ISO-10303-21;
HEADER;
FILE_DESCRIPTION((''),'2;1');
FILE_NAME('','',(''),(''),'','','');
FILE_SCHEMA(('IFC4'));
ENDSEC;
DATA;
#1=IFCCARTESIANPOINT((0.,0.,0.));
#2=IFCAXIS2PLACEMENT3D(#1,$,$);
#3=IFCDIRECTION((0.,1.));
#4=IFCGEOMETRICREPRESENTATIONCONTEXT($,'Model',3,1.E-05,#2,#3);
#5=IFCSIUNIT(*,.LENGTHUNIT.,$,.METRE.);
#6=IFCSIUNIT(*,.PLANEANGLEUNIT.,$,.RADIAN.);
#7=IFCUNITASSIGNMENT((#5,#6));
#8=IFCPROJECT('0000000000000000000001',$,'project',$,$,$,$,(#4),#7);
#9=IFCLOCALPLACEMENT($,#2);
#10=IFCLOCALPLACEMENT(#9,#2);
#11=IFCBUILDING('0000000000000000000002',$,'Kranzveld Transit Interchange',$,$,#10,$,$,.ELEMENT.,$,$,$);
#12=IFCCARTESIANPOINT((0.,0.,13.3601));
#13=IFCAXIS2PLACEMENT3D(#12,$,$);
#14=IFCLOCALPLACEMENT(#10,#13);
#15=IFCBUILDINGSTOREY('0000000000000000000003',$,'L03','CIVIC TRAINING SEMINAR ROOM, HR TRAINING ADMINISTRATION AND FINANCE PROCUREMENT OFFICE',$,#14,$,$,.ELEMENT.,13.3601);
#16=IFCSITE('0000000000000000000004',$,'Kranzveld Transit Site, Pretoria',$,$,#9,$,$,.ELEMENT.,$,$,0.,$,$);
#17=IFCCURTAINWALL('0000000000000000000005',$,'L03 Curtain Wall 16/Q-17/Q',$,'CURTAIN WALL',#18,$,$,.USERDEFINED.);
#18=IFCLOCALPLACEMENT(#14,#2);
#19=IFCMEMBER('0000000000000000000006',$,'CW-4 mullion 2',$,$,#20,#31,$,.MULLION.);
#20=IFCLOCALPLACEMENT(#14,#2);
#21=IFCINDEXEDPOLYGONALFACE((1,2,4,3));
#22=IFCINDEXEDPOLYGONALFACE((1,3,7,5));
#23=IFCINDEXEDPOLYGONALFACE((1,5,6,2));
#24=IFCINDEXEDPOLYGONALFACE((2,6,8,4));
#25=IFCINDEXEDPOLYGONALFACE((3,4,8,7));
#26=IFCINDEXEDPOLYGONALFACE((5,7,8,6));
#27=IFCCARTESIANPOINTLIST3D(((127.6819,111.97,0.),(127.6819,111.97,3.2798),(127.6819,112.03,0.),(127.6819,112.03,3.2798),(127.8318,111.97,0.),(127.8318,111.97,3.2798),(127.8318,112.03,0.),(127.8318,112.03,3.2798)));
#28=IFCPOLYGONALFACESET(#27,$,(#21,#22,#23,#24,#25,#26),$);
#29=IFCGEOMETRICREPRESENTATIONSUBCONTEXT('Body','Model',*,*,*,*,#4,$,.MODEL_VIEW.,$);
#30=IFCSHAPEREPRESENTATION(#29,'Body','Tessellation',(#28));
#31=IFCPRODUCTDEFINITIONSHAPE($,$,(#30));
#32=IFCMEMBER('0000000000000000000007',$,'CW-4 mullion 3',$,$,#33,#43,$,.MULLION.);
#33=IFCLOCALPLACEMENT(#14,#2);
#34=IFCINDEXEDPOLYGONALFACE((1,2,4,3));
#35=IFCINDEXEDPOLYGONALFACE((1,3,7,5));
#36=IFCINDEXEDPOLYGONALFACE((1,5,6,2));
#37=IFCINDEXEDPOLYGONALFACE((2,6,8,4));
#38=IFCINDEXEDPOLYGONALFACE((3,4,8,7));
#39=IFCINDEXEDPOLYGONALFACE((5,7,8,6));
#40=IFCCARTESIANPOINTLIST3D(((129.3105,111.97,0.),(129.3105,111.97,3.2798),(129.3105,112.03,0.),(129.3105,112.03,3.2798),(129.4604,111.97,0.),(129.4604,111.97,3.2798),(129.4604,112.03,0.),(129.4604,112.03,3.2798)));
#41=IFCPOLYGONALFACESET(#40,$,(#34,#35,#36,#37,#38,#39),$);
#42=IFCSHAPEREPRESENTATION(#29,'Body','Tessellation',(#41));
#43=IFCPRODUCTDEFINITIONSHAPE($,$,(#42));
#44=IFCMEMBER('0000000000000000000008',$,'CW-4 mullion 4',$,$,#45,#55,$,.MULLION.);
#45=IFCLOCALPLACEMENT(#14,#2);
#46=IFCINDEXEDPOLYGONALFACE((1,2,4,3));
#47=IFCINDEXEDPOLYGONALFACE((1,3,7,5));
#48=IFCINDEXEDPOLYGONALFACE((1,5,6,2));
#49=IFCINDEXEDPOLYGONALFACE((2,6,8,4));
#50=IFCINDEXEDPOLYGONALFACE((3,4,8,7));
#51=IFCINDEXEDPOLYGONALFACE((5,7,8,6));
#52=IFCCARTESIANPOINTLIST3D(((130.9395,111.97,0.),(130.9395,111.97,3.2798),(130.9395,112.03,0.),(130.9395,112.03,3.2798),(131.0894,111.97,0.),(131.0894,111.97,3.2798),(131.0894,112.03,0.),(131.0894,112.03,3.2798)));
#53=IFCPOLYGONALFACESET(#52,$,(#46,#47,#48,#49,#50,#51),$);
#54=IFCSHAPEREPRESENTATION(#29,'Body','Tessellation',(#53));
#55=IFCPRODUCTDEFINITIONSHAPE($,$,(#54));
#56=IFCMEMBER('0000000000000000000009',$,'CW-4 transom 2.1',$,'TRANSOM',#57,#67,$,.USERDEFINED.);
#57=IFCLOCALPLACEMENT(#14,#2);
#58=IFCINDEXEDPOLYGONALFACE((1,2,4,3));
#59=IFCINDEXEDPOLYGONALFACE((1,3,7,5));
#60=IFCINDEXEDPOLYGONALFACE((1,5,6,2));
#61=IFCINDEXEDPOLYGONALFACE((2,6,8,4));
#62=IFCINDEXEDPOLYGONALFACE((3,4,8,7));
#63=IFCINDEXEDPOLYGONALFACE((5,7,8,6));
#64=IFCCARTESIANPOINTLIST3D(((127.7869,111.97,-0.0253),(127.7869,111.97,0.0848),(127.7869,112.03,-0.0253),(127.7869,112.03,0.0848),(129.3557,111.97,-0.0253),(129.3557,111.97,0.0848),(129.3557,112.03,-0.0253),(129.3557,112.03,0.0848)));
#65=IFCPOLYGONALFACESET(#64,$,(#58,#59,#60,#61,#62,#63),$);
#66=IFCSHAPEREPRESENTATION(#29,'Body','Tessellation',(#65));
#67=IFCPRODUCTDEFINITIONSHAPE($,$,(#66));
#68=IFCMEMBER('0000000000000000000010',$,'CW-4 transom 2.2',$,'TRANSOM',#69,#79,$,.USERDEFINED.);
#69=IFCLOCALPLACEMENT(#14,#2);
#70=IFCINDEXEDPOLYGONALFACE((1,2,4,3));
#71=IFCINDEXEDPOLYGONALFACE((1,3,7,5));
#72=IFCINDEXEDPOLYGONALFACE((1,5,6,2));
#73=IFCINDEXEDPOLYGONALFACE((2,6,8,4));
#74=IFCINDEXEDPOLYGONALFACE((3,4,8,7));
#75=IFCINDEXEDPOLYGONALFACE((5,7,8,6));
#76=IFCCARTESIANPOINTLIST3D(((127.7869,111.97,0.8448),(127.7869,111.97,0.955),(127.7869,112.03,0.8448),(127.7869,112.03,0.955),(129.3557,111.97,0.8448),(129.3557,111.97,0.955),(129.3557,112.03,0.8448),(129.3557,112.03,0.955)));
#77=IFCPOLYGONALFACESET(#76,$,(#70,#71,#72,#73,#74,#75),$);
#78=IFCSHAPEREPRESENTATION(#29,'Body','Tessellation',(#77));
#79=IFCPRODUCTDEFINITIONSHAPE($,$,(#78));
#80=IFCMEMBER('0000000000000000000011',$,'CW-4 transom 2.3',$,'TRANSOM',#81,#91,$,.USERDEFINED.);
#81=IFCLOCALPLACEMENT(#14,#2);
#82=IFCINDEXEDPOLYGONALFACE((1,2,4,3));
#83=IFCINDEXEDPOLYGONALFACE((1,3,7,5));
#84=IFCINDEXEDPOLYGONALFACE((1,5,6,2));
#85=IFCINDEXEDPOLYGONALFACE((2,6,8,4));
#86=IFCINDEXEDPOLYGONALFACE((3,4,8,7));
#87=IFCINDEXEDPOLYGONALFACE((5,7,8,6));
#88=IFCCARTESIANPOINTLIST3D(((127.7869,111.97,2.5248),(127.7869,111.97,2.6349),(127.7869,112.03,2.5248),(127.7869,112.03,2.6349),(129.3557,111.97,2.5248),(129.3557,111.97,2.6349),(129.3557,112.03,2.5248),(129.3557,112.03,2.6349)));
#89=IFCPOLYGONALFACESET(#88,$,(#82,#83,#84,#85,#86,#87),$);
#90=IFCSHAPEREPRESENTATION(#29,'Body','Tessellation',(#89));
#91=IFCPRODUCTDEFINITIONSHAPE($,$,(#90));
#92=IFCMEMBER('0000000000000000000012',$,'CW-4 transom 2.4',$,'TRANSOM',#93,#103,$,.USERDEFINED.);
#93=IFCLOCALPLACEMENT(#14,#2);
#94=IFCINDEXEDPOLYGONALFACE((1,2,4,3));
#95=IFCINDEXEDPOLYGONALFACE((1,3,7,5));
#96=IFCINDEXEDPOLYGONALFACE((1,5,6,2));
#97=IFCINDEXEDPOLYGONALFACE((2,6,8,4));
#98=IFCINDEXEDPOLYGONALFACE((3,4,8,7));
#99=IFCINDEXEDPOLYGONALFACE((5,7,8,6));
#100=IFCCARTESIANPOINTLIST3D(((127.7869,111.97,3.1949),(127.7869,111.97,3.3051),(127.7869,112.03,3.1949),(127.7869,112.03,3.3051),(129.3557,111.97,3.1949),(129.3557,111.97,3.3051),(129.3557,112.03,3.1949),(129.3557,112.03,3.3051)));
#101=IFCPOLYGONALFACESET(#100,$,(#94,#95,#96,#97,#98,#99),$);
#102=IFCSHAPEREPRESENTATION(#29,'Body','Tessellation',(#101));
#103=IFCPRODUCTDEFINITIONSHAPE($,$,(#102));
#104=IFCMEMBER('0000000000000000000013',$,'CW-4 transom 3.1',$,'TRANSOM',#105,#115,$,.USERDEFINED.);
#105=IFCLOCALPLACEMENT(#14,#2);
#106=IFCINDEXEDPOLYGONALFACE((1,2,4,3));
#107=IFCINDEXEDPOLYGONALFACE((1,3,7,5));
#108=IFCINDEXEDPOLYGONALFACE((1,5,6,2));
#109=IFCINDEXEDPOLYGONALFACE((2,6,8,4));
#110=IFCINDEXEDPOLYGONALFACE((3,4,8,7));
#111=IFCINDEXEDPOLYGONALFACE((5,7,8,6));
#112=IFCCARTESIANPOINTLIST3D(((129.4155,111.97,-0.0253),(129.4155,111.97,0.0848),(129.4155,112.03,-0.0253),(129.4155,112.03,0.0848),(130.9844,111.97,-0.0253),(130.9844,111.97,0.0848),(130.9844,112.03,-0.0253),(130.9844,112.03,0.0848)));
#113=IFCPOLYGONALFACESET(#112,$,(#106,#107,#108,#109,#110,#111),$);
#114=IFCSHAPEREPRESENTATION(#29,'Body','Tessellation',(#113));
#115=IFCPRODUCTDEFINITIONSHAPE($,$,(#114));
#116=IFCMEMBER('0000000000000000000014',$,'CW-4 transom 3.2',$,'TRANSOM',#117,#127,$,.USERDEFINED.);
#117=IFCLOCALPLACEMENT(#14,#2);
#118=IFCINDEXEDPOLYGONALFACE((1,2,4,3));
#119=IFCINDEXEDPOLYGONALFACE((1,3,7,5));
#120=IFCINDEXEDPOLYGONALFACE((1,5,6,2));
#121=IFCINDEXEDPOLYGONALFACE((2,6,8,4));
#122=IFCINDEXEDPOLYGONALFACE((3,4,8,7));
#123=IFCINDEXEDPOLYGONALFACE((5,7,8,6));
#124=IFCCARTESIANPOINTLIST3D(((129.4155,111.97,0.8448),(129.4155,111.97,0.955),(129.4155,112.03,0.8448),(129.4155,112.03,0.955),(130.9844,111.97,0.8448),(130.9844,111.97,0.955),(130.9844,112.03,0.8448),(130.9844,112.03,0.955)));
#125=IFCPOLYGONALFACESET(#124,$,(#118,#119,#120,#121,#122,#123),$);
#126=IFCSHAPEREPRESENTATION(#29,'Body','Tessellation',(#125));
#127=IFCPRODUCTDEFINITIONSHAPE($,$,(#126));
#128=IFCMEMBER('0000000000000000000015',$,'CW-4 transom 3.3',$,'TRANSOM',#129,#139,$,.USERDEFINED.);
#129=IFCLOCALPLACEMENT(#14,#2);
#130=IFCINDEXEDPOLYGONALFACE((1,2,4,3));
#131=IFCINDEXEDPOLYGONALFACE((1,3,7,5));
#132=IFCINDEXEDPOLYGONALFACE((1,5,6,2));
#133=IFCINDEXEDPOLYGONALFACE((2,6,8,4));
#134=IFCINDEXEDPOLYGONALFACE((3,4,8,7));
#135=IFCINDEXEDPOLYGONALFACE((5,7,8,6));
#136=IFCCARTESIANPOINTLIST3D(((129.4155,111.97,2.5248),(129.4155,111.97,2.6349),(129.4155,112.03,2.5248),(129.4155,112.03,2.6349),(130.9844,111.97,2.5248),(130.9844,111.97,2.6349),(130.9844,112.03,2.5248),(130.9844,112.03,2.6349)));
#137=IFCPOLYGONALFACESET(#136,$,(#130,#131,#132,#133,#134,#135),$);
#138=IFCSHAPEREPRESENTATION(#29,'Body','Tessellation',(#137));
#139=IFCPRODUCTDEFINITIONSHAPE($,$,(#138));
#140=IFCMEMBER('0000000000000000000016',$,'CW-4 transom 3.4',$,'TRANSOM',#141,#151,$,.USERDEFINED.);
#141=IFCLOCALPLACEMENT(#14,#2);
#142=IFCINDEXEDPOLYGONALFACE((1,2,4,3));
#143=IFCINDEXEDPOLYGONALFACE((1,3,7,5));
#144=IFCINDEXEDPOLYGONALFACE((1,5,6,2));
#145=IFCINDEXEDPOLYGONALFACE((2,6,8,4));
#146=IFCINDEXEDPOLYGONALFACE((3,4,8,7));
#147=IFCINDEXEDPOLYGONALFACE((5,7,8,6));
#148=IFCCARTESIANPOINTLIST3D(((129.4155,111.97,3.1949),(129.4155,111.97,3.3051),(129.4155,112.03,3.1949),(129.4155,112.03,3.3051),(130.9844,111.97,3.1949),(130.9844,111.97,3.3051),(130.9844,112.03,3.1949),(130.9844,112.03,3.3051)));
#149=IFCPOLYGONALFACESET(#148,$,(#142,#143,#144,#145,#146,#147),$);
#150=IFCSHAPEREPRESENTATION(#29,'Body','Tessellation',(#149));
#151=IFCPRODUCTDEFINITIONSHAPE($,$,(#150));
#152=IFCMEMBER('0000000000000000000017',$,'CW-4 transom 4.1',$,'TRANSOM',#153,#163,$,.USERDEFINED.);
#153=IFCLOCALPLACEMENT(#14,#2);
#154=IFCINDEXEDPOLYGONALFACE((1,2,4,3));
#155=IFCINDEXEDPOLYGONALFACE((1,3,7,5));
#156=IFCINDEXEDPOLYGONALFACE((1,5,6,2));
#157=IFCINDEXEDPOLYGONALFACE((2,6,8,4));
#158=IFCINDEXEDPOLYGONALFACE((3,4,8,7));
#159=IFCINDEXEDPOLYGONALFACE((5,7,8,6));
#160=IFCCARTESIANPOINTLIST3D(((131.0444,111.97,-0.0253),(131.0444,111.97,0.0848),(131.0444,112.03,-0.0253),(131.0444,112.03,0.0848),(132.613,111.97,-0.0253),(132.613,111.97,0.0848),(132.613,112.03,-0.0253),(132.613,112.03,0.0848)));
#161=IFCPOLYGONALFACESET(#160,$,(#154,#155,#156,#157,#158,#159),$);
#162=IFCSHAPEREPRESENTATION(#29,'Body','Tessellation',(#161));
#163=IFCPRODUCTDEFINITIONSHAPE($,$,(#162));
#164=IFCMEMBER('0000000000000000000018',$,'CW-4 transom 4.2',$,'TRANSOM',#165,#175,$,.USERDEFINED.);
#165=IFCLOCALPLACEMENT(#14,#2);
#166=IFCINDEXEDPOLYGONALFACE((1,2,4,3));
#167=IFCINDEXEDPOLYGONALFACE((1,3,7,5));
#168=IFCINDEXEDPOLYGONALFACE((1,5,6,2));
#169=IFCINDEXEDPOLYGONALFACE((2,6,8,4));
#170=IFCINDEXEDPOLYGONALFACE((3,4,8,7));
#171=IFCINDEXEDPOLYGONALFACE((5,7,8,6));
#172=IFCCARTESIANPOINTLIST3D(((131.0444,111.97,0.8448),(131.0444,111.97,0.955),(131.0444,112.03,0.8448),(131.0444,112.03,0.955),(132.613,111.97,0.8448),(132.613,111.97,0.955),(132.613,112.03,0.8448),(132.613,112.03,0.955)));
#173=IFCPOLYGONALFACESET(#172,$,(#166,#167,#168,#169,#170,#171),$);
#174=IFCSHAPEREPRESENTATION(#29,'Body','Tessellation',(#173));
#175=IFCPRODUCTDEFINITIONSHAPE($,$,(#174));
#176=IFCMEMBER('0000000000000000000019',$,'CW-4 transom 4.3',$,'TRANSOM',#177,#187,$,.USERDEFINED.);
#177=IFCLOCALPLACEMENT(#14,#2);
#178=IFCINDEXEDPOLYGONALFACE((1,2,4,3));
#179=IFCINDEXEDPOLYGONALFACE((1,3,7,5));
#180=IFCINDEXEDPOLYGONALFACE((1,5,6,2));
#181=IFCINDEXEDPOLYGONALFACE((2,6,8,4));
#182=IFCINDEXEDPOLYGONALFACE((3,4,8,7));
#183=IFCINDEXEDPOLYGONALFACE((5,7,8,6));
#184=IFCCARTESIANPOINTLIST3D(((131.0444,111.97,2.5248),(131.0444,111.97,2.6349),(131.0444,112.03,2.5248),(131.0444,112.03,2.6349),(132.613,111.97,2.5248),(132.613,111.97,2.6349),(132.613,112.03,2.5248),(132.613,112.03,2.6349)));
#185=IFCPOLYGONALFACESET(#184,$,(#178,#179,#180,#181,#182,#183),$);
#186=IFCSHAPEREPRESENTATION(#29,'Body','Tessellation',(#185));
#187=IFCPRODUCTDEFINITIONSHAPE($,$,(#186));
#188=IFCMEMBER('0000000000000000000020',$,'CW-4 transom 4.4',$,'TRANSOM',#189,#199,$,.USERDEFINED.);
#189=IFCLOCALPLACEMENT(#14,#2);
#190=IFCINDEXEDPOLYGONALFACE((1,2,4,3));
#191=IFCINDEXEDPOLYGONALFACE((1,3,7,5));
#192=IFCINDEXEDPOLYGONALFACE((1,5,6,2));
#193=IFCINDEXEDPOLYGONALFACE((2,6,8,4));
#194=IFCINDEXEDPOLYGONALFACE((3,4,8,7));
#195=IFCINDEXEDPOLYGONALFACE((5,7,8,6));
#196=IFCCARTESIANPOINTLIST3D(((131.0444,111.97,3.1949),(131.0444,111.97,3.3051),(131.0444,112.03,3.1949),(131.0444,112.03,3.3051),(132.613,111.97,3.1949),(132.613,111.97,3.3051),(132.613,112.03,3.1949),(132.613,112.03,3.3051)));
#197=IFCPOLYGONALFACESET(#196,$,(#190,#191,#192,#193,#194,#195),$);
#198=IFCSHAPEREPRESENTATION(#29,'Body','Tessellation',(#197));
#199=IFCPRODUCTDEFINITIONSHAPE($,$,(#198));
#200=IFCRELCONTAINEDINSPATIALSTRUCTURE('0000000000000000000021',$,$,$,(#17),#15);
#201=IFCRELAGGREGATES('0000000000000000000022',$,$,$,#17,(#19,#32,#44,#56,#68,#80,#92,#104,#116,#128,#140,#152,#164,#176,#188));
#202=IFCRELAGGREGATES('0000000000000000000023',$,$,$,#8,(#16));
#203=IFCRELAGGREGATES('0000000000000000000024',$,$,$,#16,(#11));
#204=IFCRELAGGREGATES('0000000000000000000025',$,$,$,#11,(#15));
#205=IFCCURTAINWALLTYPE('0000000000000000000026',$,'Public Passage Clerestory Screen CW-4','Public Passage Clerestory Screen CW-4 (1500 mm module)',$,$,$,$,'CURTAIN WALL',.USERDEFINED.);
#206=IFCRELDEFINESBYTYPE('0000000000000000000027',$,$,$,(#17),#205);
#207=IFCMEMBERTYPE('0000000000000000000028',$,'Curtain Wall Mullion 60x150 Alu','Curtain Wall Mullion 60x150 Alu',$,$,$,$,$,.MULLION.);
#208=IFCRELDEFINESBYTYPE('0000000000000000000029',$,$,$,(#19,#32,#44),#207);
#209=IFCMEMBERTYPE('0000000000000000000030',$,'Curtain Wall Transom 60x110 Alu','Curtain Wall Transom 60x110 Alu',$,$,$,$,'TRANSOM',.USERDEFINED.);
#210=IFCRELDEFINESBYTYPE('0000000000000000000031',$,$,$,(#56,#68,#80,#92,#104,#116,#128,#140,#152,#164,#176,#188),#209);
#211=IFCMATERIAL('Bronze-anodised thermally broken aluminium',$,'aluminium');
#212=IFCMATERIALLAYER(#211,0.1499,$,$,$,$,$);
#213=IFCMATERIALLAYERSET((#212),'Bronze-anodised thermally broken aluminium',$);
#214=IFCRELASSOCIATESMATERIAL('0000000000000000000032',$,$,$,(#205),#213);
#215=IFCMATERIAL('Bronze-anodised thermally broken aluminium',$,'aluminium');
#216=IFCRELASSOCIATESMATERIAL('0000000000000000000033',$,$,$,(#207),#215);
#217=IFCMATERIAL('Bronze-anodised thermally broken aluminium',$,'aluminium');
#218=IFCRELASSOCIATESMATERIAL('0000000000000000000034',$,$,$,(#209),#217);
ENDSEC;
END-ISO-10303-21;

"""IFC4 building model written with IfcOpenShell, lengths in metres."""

from ifc_helpers import new_model, si_unit, direction, frame, origin, origin_2d, place, context, subcontext, project, spatial, rectangle, extrude, material, layer, layer_set, material_profile, profile_set, type_object, element, aggregate, save


model = new_model("IFC4")

# Units and contexts
model_context = context("Model", 3, precision=1e-05, world=origin(), true_north=direction((0.0, 1.0)))
body_context = subcontext(model_context, "Body", "Model", "MODEL_VIEW")
ifc_project = project(units=[si_unit("LENGTHUNIT", "METRE"), si_unit("PLANEANGLEUNIT", "RADIAN")], contexts=[model_context])

# Site, building, storey
site_placement = place(None, origin())
site = spatial("IfcSite", under=ifc_project, at=site_placement, Name="Kranzveld Transit Site, Pretoria", CompositionType="ELEMENT", RefElevation=0.0)
building_placement = place(site_placement, origin())
building = spatial("IfcBuilding", under=site, at=building_placement, Name="Kranzveld Transit Interchange", CompositionType="ELEMENT")
storey_placement = place(building_placement, frame((0.0, 0.0, 13.3601)))
storey = spatial("IfcBuildingStorey", under=building, at=storey_placement, Name="L03", Description="CIVIC TRAINING SEMINAR ROOM, HR TRAINING ADMINISTRATION AND FINANCE PROCUREMENT OFFICE", CompositionType="ELEMENT", Elevation=13.3601)

# Curtain wall, members
ifc_material_1 = material(Name="Bronze-anodised thermally broken aluminium", Category="aluminium")
ifc_layer_1 = layer(ifc_material_1, 0.1499)
ifc_layer_set_1 = layer_set([ifc_layer_1], Name="Bronze-anodised thermally broken aluminium")
curtain_wall_type = type_object("IfcCurtainWallType", Name="Public Passage Clerestory Screen CW-4", Description="Public Passage Clerestory Screen CW-4 (1500 mm module)", ElementType="CURTAIN WALL", PredefinedType="USERDEFINED", material=ifc_layer_set_1)
curtain_wall_placement = place(storey_placement, origin())
curtain_wall = element("IfcCurtainWall", 1, at=curtain_wall_placement, inside=storey, type_object=curtain_wall_type, Name="L03 Curtain Wall 16/Q-17/Q", ObjectType="CURTAIN WALL", PredefinedType="USERDEFINED")
ifc_material_2 = material(Name="Bronze-anodised thermally broken aluminium", Category="aluminium")
ifc_material_profile_1 = material_profile(ifc_material_2, rectangle(XDim=0.0601, YDim=0.1499, at=origin_2d()), Name="ALU MULLION 60x150")
ifc_profile_set_1 = profile_set([ifc_material_profile_1], Name="Bronze-anodised thermally broken aluminium")
member_type_1 = type_object("IfcMemberType", Name="Curtain Wall Mullion 60x150 Alu", Description="Curtain Wall Mullion 60x150 Alu", PredefinedType="MULLION", material=ifc_profile_set_1)
member_1_placement = place(storey_placement, frame((127.7568, 112.0, 0.0), z_axis=(0.0, 0.0, 1.0), x_axis=(0.0, 1.0, 0.0)))
member_1 = element("IfcMember", 2, at=member_1_placement, type_object=member_type_1, Name="CW-4 mullion 2", PredefinedType="MULLION", context=body_context, shape_type="SweptSolid", body=[
    extrude(rectangle(XDim=0.0601, YDim=0.1499, at=origin_2d()), origin(), (0.0, 0.0, 1.0), 3.2798),
])
member_2_placement = place(storey_placement, frame((129.3855, 112.0, 0.0), z_axis=(0.0, 0.0, 1.0), x_axis=(0.0, 1.0, 0.0)))
member_2 = element("IfcMember", 3, at=member_2_placement, type_object=member_type_1, Name="CW-4 mullion 3", PredefinedType="MULLION", context=body_context, shape_type="SweptSolid", body=[
    extrude(rectangle(XDim=0.0601, YDim=0.1499, at=origin_2d()), origin(), (0.0, 0.0, 1.0), 3.2798),
])
member_3_placement = place(storey_placement, frame((131.0144, 112.0, 0.0), z_axis=(0.0, 0.0, 1.0), x_axis=(0.0, 1.0, 0.0)))
member_3 = element("IfcMember", 4, at=member_3_placement, type_object=member_type_1, Name="CW-4 mullion 4", PredefinedType="MULLION", context=body_context, shape_type="SweptSolid", body=[
    extrude(rectangle(XDim=0.0601, YDim=0.1499, at=origin_2d()), origin(), (0.0, 0.0, 1.0), 3.2798),
])
ifc_material_3 = material(Name="Bronze-anodised thermally broken aluminium", Category="aluminium")
ifc_material_profile_2 = material_profile(ifc_material_3, rectangle(XDim=0.0601, YDim=0.1101, at=origin_2d()), Name="ALU TRANSOM 60x110")
ifc_profile_set_2 = profile_set([ifc_material_profile_2], Name="Bronze-anodised thermally broken aluminium")
member_type_2 = type_object("IfcMemberType", Name="Curtain Wall Transom 60x110 Alu", Description="Curtain Wall Transom 60x110 Alu", ElementType="TRANSOM", PredefinedType="USERDEFINED", material=ifc_profile_set_2)
member_4_placement = place(storey_placement, frame((127.7869, 112.0, 0.0298), z_axis=(1.0, 0.0, 0.0), x_axis=(0.0, 1.0, 0.0)))
member_4 = element("IfcMember", 5, at=member_4_placement, type_object=member_type_2, Name="CW-4 transom 2.1", ObjectType="TRANSOM", PredefinedType="USERDEFINED", context=body_context, shape_type="SweptSolid", body=[
    extrude(rectangle(XDim=0.0601, YDim=0.1101, at=origin_2d()), origin(), (0.0, 0.0, 1.0), 1.5688),
])
member_5_placement = place(storey_placement, frame((127.7869, 112.0, 0.8999), z_axis=(1.0, 0.0, 0.0), x_axis=(0.0, 1.0, 0.0)))
member_5 = element("IfcMember", 6, at=member_5_placement, type_object=member_type_2, Name="CW-4 transom 2.2", ObjectType="TRANSOM", PredefinedType="USERDEFINED", context=body_context, shape_type="SweptSolid", body=[
    extrude(rectangle(XDim=0.0601, YDim=0.1101, at=origin_2d()), origin(), (0.0, 0.0, 1.0), 1.5688),
])
member_6_placement = place(storey_placement, frame((127.7869, 112.0, 2.5798), z_axis=(1.0, 0.0, 0.0), x_axis=(0.0, 1.0, 0.0)))
member_6 = element("IfcMember", 7, at=member_6_placement, type_object=member_type_2, Name="CW-4 transom 2.3", ObjectType="TRANSOM", PredefinedType="USERDEFINED", context=body_context, shape_type="SweptSolid", body=[
    extrude(rectangle(XDim=0.0601, YDim=0.1101, at=origin_2d()), origin(), (0.0, 0.0, 1.0), 1.5688),
])
member_7_placement = place(storey_placement, frame((127.7869, 112.0, 3.25), z_axis=(1.0, 0.0, 0.0), x_axis=(0.0, 1.0, 0.0)))
member_7 = element("IfcMember", 8, at=member_7_placement, type_object=member_type_2, Name="CW-4 transom 2.4", ObjectType="TRANSOM", PredefinedType="USERDEFINED", context=body_context, shape_type="SweptSolid", body=[
    extrude(rectangle(XDim=0.0601, YDim=0.1101, at=origin_2d()), origin(), (0.0, 0.0, 1.0), 1.5688),
])
member_8_placement = place(storey_placement, frame((129.4155, 112.0, 0.0298), z_axis=(1.0, 0.0, 0.0), x_axis=(0.0, 1.0, 0.0)))
member_8 = element("IfcMember", 9, at=member_8_placement, type_object=member_type_2, Name="CW-4 transom 3.1", ObjectType="TRANSOM", PredefinedType="USERDEFINED", context=body_context, shape_type="SweptSolid", body=[
    extrude(rectangle(XDim=0.0601, YDim=0.1101, at=origin_2d()), origin(), (0.0, 0.0, 1.0), 1.5688),
])
member_9_placement = place(storey_placement, frame((129.4155, 112.0, 0.8999), z_axis=(1.0, 0.0, 0.0), x_axis=(0.0, 1.0, 0.0)))
member_9 = element("IfcMember", 10, at=member_9_placement, type_object=member_type_2, Name="CW-4 transom 3.2", ObjectType="TRANSOM", PredefinedType="USERDEFINED", context=body_context, shape_type="SweptSolid", body=[
    extrude(rectangle(XDim=0.0601, YDim=0.1101, at=origin_2d()), origin(), (0.0, 0.0, 1.0), 1.5688),
])
member_10_placement = place(storey_placement, frame((129.4155, 112.0, 2.5798), z_axis=(1.0, 0.0, 0.0), x_axis=(0.0, 1.0, 0.0)))
member_10 = element("IfcMember", 11, at=member_10_placement, type_object=member_type_2, Name="CW-4 transom 3.3", ObjectType="TRANSOM", PredefinedType="USERDEFINED", context=body_context, shape_type="SweptSolid", body=[
    extrude(rectangle(XDim=0.0601, YDim=0.1101, at=origin_2d()), origin(), (0.0, 0.0, 1.0), 1.5688),
])
member_11_placement = place(storey_placement, frame((129.4155, 112.0, 3.25), z_axis=(1.0, 0.0, 0.0), x_axis=(0.0, 1.0, 0.0)))
member_11 = element("IfcMember", 12, at=member_11_placement, type_object=member_type_2, Name="CW-4 transom 3.4", ObjectType="TRANSOM", PredefinedType="USERDEFINED", context=body_context, shape_type="SweptSolid", body=[
    extrude(rectangle(XDim=0.0601, YDim=0.1101, at=origin_2d()), origin(), (0.0, 0.0, 1.0), 1.5688),
])
member_12_placement = place(storey_placement, frame((131.0444, 112.0, 0.0298), z_axis=(1.0, 0.0, 0.0), x_axis=(0.0, 1.0, 0.0)))
member_12 = element("IfcMember", 13, at=member_12_placement, type_object=member_type_2, Name="CW-4 transom 4.1", ObjectType="TRANSOM", PredefinedType="USERDEFINED", context=body_context, shape_type="SweptSolid", body=[
    extrude(rectangle(XDim=0.0601, YDim=0.1101, at=origin_2d()), origin(), (0.0, 0.0, 1.0), 1.5686),
])
member_13_placement = place(storey_placement, frame((131.0444, 112.0, 0.8999), z_axis=(1.0, 0.0, 0.0), x_axis=(0.0, 1.0, 0.0)))
member_13 = element("IfcMember", 14, at=member_13_placement, type_object=member_type_2, Name="CW-4 transom 4.2", ObjectType="TRANSOM", PredefinedType="USERDEFINED", context=body_context, shape_type="SweptSolid", body=[
    extrude(rectangle(XDim=0.0601, YDim=0.1101, at=origin_2d()), origin(), (0.0, 0.0, 1.0), 1.5686),
])
member_14_placement = place(storey_placement, frame((131.0444, 112.0, 2.5798), z_axis=(1.0, 0.0, 0.0), x_axis=(0.0, 1.0, 0.0)))
member_14 = element("IfcMember", 15, at=member_14_placement, type_object=member_type_2, Name="CW-4 transom 4.3", ObjectType="TRANSOM", PredefinedType="USERDEFINED", context=body_context, shape_type="SweptSolid", body=[
    extrude(rectangle(XDim=0.0601, YDim=0.1101, at=origin_2d()), origin(), (0.0, 0.0, 1.0), 1.5686),
])
member_15_placement = place(storey_placement, frame((131.0444, 112.0, 3.25), z_axis=(1.0, 0.0, 0.0), x_axis=(0.0, 1.0, 0.0)))
member_15 = element("IfcMember", 16, at=member_15_placement, type_object=member_type_2, Name="CW-4 transom 4.4", ObjectType="TRANSOM", PredefinedType="USERDEFINED", context=body_context, shape_type="SweptSolid", body=[
    extrude(rectangle(XDim=0.0601, YDim=0.1101, at=origin_2d()), origin(), (0.0, 0.0, 1.0), 1.5686),
])
aggregate(curtain_wall, [member_1, member_2, member_3, member_4, member_5, member_6, member_7, member_8, member_9, member_10, member_11, member_12, member_13, member_14, member_15])

save(model, "model.ifc")
